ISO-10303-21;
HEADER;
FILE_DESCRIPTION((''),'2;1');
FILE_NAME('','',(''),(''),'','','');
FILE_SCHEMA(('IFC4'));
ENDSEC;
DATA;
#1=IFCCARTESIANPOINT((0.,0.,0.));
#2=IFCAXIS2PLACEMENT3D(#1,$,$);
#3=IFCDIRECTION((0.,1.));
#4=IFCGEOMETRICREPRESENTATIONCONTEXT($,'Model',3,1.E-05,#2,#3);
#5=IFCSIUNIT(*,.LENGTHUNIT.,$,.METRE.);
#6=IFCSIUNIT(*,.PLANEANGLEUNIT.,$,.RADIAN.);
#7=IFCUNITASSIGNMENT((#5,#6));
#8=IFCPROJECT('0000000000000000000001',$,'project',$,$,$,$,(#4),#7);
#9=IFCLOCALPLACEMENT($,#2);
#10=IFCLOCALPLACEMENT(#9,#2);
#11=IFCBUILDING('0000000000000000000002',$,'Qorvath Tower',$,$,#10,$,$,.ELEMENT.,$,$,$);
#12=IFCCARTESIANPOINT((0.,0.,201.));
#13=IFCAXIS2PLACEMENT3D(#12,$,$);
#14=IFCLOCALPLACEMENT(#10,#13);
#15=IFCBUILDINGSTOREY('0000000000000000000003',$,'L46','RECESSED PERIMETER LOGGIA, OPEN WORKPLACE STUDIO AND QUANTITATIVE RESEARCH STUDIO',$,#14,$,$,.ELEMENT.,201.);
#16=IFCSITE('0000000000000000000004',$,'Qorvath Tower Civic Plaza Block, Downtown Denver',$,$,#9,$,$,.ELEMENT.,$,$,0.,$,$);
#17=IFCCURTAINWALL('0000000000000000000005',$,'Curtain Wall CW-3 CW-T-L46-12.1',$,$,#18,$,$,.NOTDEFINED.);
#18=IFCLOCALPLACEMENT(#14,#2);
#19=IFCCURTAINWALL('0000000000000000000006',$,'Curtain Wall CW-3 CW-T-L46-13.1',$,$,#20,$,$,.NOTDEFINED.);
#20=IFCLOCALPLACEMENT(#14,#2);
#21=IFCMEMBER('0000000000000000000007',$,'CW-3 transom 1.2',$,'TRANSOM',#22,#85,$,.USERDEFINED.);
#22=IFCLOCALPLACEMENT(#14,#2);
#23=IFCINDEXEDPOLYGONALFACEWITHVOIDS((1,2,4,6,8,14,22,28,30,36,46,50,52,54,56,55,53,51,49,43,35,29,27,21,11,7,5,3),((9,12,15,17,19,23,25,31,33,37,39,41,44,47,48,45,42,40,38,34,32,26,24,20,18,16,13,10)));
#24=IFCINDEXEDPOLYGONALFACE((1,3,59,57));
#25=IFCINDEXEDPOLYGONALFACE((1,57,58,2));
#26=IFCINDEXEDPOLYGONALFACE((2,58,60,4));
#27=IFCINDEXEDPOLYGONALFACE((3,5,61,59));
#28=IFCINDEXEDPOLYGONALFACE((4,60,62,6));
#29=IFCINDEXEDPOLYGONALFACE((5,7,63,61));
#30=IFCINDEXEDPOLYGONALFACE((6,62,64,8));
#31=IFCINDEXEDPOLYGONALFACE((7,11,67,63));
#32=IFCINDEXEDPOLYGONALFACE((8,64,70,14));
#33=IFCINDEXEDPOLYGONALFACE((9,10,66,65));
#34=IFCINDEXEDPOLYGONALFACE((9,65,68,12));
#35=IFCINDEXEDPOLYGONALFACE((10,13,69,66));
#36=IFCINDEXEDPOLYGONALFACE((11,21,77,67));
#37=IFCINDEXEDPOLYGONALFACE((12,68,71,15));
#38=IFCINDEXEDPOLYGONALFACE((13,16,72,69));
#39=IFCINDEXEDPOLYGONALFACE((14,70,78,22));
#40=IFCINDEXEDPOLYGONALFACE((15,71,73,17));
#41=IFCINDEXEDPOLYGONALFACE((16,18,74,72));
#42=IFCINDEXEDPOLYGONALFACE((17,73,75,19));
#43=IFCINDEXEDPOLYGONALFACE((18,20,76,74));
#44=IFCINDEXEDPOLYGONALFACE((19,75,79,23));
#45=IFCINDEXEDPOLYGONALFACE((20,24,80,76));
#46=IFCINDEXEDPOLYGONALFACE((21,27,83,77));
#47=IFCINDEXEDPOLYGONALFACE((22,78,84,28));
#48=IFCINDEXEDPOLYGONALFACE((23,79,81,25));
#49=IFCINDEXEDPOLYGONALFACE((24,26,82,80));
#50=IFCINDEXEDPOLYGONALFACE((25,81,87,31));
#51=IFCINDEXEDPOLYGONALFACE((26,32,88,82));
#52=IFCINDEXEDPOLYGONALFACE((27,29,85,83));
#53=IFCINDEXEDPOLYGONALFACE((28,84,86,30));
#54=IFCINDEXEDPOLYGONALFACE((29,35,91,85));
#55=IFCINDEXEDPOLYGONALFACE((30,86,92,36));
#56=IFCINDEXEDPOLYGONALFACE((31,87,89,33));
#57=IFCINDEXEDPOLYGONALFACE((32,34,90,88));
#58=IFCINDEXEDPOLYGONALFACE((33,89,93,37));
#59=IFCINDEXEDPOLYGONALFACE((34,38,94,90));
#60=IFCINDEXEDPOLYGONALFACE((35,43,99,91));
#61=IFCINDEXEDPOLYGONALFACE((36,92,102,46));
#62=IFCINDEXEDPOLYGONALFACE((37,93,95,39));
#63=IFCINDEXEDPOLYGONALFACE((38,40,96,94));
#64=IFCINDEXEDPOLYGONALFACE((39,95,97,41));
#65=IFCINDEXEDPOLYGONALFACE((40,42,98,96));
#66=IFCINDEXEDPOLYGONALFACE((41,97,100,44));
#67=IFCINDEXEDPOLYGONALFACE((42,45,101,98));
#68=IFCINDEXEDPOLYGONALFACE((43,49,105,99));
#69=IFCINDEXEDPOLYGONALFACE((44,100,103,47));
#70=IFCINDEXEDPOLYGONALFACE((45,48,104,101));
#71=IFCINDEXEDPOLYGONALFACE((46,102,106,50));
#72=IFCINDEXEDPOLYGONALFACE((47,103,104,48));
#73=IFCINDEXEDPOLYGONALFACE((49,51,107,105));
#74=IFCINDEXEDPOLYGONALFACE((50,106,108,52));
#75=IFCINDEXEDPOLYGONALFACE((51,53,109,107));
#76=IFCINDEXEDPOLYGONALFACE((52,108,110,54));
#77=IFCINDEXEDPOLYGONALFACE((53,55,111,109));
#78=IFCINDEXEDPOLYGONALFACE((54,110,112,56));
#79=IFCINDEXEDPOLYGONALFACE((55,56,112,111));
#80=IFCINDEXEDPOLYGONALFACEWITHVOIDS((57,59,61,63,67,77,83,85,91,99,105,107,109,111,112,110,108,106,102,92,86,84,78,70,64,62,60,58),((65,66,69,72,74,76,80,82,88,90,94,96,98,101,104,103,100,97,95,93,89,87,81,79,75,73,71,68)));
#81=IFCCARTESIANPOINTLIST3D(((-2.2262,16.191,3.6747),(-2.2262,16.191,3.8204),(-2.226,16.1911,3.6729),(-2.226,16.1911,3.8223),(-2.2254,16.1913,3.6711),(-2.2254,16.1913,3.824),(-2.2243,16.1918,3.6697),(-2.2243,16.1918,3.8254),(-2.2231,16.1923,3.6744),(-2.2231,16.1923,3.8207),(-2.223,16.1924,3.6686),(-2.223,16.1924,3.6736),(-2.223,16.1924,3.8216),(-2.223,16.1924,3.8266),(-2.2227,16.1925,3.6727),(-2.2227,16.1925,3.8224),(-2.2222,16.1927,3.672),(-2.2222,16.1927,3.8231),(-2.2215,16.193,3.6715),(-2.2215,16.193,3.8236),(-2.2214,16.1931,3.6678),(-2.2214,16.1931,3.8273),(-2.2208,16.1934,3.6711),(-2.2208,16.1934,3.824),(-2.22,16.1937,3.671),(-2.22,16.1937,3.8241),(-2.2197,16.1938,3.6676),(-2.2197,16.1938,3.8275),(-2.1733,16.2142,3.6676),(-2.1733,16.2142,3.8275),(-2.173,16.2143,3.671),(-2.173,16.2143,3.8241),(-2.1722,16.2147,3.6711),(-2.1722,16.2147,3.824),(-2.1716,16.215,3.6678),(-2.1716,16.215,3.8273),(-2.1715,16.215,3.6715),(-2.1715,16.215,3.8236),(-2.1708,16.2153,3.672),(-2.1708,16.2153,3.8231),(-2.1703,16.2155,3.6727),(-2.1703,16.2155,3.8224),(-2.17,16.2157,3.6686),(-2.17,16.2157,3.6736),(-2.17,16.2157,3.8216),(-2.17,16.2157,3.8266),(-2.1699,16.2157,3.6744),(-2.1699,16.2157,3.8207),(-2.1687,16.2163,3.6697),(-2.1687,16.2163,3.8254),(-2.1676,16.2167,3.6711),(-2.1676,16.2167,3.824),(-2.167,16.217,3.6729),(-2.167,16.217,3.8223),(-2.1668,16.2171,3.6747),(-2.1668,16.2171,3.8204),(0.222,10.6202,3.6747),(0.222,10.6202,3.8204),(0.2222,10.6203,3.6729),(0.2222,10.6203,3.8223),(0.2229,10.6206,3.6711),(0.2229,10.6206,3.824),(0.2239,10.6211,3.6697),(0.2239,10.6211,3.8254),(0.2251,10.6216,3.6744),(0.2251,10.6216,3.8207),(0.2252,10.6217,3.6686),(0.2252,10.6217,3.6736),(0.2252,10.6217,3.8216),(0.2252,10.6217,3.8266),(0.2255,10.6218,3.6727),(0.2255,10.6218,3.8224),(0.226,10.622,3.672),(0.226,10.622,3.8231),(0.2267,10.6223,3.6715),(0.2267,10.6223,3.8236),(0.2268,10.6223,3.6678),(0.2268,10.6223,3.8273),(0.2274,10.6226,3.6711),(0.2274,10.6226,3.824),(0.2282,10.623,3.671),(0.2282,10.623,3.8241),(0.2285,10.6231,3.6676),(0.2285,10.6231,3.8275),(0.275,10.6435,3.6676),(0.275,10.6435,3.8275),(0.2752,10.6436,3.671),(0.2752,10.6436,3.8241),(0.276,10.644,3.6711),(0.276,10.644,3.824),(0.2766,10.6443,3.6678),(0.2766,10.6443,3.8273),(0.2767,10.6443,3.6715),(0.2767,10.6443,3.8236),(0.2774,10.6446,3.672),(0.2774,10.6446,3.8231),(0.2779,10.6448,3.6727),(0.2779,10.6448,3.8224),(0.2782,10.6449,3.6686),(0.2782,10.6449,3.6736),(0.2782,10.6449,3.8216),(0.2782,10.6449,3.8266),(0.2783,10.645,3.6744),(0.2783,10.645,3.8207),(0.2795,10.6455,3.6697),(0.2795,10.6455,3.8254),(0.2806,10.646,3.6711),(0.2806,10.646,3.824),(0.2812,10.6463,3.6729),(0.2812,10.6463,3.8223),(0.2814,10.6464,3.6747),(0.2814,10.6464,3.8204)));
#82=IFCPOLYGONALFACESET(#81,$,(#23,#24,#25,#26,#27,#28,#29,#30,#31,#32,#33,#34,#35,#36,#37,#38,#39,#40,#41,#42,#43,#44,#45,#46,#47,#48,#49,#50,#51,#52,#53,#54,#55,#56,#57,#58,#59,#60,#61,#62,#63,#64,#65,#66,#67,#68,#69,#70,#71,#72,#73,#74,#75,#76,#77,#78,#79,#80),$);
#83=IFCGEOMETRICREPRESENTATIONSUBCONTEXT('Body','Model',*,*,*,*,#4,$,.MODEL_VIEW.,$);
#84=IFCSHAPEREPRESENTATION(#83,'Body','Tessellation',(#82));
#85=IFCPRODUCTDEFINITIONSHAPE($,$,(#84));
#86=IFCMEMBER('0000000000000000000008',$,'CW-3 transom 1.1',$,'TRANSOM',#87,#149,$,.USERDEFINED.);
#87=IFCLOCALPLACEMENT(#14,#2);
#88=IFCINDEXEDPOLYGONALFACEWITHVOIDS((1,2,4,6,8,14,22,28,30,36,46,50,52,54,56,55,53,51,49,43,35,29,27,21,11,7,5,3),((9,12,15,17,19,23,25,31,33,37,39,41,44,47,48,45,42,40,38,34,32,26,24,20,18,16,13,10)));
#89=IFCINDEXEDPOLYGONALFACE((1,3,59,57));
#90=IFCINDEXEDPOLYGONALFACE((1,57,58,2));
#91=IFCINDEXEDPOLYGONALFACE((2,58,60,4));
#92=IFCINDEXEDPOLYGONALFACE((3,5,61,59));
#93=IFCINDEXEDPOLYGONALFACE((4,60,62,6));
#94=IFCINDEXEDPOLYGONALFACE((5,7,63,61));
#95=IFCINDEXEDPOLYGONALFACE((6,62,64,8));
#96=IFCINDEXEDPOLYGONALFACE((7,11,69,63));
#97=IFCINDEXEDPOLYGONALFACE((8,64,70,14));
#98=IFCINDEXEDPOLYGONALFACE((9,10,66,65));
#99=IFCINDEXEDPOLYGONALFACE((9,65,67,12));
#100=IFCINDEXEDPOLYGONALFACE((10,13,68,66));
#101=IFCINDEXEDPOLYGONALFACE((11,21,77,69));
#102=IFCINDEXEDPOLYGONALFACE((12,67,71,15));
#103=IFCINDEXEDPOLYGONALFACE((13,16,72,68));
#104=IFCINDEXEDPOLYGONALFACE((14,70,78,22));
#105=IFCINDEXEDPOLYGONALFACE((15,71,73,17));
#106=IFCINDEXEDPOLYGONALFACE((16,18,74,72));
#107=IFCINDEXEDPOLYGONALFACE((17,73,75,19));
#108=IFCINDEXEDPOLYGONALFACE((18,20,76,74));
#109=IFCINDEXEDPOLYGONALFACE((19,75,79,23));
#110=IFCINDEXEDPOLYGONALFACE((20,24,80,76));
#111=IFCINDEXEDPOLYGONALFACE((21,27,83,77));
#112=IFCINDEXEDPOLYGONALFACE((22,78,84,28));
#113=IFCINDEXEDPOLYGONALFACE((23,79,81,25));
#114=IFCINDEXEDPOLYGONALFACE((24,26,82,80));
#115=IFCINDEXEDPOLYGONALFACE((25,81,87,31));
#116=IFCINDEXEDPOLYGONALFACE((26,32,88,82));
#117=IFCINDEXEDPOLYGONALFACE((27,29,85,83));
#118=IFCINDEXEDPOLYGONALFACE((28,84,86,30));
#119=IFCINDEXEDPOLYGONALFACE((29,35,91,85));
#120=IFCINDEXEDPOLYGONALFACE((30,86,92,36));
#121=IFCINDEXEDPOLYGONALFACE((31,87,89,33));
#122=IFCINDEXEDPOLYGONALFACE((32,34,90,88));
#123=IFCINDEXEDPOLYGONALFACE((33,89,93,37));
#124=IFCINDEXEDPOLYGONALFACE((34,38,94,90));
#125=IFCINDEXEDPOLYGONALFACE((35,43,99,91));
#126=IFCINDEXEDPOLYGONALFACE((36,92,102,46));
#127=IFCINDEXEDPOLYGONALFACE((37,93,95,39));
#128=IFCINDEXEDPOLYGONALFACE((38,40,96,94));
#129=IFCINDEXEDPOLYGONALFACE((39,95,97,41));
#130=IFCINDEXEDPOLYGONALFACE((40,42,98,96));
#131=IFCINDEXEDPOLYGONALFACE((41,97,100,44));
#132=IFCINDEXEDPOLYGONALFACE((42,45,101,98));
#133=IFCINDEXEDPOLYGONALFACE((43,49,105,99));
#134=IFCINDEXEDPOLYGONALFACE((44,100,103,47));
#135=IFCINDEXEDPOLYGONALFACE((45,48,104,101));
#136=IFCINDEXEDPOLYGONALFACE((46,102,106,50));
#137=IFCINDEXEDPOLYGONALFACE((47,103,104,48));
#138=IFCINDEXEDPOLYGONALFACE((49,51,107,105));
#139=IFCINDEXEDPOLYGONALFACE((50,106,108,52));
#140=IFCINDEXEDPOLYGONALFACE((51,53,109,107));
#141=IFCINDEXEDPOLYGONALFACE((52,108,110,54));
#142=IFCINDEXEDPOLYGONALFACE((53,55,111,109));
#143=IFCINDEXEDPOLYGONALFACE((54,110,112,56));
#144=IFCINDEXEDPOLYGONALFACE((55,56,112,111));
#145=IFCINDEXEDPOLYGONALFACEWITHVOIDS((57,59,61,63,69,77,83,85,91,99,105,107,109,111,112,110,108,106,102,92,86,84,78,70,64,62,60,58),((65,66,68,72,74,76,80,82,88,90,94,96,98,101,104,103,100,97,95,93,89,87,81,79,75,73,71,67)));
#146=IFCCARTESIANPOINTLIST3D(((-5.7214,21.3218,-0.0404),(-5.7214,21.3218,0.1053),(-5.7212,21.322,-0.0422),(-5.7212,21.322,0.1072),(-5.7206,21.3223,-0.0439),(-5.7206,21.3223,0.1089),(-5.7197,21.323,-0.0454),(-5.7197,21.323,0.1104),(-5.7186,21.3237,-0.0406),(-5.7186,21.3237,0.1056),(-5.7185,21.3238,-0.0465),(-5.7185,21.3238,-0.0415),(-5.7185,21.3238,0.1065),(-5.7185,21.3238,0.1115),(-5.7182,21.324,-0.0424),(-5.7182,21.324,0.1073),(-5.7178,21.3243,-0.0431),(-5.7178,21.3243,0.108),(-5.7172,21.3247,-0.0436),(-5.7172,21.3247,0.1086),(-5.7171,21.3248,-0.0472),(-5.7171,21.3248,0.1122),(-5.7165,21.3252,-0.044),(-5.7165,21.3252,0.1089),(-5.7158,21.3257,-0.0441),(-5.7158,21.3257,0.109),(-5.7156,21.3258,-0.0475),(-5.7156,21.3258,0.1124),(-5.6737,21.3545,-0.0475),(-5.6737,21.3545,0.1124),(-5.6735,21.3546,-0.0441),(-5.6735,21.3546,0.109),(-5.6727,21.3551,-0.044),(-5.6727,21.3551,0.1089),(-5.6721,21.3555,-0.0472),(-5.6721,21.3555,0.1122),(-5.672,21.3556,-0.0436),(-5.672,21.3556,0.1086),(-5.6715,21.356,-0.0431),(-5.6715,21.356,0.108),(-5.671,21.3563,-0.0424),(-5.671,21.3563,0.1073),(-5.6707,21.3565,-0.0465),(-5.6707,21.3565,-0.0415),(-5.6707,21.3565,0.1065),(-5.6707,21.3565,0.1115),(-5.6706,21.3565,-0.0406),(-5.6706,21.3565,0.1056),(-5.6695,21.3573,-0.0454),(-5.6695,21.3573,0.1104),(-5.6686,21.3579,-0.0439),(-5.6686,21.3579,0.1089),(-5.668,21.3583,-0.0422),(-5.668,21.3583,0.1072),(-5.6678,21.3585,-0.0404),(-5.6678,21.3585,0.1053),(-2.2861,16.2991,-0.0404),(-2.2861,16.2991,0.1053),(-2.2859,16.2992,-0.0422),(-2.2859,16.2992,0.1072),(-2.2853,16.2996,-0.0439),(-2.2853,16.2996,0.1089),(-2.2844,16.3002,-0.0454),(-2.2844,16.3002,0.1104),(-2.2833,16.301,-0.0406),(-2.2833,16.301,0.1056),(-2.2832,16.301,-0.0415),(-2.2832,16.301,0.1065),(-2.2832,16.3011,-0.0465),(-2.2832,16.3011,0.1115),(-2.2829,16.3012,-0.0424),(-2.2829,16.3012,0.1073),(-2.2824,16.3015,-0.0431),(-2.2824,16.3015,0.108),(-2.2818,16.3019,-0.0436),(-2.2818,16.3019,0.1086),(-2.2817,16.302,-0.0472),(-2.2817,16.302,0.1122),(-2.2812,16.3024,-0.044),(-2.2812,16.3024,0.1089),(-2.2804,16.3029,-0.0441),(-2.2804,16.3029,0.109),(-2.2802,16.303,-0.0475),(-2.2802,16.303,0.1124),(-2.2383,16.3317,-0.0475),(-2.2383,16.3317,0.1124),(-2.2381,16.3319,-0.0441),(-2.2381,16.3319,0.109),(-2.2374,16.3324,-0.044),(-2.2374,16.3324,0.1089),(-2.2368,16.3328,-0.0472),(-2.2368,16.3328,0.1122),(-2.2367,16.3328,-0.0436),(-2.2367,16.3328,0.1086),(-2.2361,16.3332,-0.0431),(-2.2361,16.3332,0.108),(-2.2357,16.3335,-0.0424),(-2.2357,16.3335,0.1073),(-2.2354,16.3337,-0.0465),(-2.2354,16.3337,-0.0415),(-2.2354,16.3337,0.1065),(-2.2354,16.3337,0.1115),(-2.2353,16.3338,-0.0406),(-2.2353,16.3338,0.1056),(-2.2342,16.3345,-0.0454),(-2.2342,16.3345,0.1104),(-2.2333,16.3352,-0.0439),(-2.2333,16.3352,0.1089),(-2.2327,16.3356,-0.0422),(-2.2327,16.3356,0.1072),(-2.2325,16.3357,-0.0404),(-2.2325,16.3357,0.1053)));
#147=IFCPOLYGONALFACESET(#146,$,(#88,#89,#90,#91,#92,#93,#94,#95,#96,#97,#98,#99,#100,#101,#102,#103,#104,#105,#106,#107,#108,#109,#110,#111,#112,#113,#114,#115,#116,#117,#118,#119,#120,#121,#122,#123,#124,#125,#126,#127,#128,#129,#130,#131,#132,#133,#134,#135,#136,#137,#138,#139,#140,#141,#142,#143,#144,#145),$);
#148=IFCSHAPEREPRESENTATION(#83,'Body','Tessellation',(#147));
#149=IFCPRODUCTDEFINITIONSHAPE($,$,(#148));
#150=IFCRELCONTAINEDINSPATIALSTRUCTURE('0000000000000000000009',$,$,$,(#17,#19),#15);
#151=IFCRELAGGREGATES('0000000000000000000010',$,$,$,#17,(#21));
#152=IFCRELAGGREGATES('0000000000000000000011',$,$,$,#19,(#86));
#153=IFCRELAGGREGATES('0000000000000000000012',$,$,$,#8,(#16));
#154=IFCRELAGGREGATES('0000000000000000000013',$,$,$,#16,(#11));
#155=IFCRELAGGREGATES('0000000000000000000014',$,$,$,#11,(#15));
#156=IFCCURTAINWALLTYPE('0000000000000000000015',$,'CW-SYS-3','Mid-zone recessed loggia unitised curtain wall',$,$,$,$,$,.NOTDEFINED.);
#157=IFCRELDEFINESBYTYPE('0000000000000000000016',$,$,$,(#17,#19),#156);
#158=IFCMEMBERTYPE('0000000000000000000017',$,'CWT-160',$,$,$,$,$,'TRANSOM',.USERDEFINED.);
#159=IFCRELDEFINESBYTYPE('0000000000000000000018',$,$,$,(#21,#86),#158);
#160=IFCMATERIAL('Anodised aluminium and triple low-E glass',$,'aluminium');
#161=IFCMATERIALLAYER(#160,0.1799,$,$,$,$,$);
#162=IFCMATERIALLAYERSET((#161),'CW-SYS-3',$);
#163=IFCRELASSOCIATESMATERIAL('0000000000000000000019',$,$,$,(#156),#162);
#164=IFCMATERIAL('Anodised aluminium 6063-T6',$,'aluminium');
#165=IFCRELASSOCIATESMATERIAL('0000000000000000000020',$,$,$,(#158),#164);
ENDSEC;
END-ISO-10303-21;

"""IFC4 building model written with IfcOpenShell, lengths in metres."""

from ifc_helpers import new_model, si_unit, direction, frame, origin, origin_2d, place, context, subcontext, project, spatial, hollow_rectangle, extrude, material, layer, layer_set, material_profile, profile_set, type_object, element, aggregate, save


model = new_model("IFC4")

# Units and contexts
model_context = context("Model", 3, precision=1e-05, world=origin(), true_north=direction((0.0, 1.0)))
body_context = subcontext(model_context, "Body", "Model", "MODEL_VIEW")
ifc_project = project(units=[si_unit("LENGTHUNIT", "METRE"), si_unit("PLANEANGLEUNIT", "RADIAN")], contexts=[model_context])

# Site, building, storey
site_placement = place(None, origin())
site = spatial("IfcSite", under=ifc_project, at=site_placement, Name="Qorvath Tower Civic Plaza Block, Downtown Denver", CompositionType="ELEMENT", RefElevation=0.0)
building_placement = place(site_placement, origin())
building = spatial("IfcBuilding", under=site, at=building_placement, Name="Qorvath Tower", CompositionType="ELEMENT")
storey_placement = place(building_placement, frame((0.0, 0.0, 201.0)))
storey = spatial("IfcBuildingStorey", under=building, at=storey_placement, Name="L46", Description="RECESSED PERIMETER LOGGIA, OPEN WORKPLACE STUDIO AND QUANTITATIVE RESEARCH STUDIO", CompositionType="ELEMENT", Elevation=201.0)

# Shared definitions
ifc_material_1 = material(Name="Anodised aluminium and triple low-E glass", Category="aluminium")
ifc_layer_1 = layer(ifc_material_1, 0.1799)
ifc_layer_set_1 = layer_set([ifc_layer_1], Name="CW-SYS-3")
curtain_wall_type = type_object("IfcCurtainWallType", Name="CW-SYS-3", Description="Mid-zone recessed loggia unitised curtain wall", PredefinedType="NOTDEFINED", material=ifc_layer_set_1)

# Curtain walls
curtain_wall_1_placement = place(storey_placement, origin())
curtain_wall_1 = element("IfcCurtainWall", 1, at=curtain_wall_1_placement, inside=storey, type_object=curtain_wall_type, Name="Curtain Wall CW-3 CW-T-L46-12.1", PredefinedType="NOTDEFINED")
curtain_wall_2_placement = place(storey_placement, origin())
curtain_wall_2 = element("IfcCurtainWall", 2, at=curtain_wall_2_placement, inside=storey, type_object=curtain_wall_type, Name="Curtain Wall CW-3 CW-T-L46-13.1", PredefinedType="NOTDEFINED")

# Members
ifc_material_2 = material(Name="Anodised aluminium 6063-T6", Category="aluminium")
ifc_material_profile_1 = material_profile(ifc_material_2, hollow_rectangle(XDim=0.0649, YDim=0.1599, WallThickness=0.0034, InnerFilletRadius=0.0034, OuterFilletRadius=0.0071, at=origin_2d()), Name="CWT 160x65")
ifc_profile_set_1 = profile_set([ifc_material_profile_1], Name="Anodised aluminium 6063-T6")
member_type_1 = type_object("IfcMemberType", Name="CWT-160", ElementType="TRANSOM", PredefinedType="USERDEFINED", material=ifc_profile_set_1)
member_1_placement = place(storey_placement, frame((0.2517, 10.6333, 3.7476), z_axis=(-0.402338, 0.915491, 0.0), x_axis=(-0.915491, -0.402338, 0.0)))
member_1 = element("IfcMember", 3, at=member_1_placement, type_object=member_type_1, Name="CW-3 transom 1.2", ObjectType="TRANSOM", PredefinedType="USERDEFINED", context=body_context, shape_type="SweptSolid", body=[
    extrude(hollow_rectangle(XDim=0.0649, YDim=0.1599, WallThickness=0.0034, InnerFilletRadius=0.0034, OuterFilletRadius=0.0071, at=origin_2d()), origin(), (0.0, 0.0, 1.0), 6.085),
])
member_2_placement = place(storey_placement, frame((-2.2593, 16.3174, 0.0325), z_axis=(-0.56454, 0.825406, 0.0), x_axis=(-0.825406, -0.56454, 0.0)))
member_2 = element("IfcMember", 4, at=member_2_placement, type_object=member_type_1, Name="CW-3 transom 1.1", ObjectType="TRANSOM", PredefinedType="USERDEFINED", context=body_context, shape_type="SweptSolid", body=[
    extrude(hollow_rectangle(XDim=0.0649, YDim=0.1599, WallThickness=0.0034, InnerFilletRadius=0.0034, OuterFilletRadius=0.0071, at=origin_2d()), origin(), (0.0, 0.0, 1.0), 6.0852),
])

aggregate(curtain_wall_1, [member_1])
aggregate(curtain_wall_2, [member_2])

save(model, "model.ifc")
